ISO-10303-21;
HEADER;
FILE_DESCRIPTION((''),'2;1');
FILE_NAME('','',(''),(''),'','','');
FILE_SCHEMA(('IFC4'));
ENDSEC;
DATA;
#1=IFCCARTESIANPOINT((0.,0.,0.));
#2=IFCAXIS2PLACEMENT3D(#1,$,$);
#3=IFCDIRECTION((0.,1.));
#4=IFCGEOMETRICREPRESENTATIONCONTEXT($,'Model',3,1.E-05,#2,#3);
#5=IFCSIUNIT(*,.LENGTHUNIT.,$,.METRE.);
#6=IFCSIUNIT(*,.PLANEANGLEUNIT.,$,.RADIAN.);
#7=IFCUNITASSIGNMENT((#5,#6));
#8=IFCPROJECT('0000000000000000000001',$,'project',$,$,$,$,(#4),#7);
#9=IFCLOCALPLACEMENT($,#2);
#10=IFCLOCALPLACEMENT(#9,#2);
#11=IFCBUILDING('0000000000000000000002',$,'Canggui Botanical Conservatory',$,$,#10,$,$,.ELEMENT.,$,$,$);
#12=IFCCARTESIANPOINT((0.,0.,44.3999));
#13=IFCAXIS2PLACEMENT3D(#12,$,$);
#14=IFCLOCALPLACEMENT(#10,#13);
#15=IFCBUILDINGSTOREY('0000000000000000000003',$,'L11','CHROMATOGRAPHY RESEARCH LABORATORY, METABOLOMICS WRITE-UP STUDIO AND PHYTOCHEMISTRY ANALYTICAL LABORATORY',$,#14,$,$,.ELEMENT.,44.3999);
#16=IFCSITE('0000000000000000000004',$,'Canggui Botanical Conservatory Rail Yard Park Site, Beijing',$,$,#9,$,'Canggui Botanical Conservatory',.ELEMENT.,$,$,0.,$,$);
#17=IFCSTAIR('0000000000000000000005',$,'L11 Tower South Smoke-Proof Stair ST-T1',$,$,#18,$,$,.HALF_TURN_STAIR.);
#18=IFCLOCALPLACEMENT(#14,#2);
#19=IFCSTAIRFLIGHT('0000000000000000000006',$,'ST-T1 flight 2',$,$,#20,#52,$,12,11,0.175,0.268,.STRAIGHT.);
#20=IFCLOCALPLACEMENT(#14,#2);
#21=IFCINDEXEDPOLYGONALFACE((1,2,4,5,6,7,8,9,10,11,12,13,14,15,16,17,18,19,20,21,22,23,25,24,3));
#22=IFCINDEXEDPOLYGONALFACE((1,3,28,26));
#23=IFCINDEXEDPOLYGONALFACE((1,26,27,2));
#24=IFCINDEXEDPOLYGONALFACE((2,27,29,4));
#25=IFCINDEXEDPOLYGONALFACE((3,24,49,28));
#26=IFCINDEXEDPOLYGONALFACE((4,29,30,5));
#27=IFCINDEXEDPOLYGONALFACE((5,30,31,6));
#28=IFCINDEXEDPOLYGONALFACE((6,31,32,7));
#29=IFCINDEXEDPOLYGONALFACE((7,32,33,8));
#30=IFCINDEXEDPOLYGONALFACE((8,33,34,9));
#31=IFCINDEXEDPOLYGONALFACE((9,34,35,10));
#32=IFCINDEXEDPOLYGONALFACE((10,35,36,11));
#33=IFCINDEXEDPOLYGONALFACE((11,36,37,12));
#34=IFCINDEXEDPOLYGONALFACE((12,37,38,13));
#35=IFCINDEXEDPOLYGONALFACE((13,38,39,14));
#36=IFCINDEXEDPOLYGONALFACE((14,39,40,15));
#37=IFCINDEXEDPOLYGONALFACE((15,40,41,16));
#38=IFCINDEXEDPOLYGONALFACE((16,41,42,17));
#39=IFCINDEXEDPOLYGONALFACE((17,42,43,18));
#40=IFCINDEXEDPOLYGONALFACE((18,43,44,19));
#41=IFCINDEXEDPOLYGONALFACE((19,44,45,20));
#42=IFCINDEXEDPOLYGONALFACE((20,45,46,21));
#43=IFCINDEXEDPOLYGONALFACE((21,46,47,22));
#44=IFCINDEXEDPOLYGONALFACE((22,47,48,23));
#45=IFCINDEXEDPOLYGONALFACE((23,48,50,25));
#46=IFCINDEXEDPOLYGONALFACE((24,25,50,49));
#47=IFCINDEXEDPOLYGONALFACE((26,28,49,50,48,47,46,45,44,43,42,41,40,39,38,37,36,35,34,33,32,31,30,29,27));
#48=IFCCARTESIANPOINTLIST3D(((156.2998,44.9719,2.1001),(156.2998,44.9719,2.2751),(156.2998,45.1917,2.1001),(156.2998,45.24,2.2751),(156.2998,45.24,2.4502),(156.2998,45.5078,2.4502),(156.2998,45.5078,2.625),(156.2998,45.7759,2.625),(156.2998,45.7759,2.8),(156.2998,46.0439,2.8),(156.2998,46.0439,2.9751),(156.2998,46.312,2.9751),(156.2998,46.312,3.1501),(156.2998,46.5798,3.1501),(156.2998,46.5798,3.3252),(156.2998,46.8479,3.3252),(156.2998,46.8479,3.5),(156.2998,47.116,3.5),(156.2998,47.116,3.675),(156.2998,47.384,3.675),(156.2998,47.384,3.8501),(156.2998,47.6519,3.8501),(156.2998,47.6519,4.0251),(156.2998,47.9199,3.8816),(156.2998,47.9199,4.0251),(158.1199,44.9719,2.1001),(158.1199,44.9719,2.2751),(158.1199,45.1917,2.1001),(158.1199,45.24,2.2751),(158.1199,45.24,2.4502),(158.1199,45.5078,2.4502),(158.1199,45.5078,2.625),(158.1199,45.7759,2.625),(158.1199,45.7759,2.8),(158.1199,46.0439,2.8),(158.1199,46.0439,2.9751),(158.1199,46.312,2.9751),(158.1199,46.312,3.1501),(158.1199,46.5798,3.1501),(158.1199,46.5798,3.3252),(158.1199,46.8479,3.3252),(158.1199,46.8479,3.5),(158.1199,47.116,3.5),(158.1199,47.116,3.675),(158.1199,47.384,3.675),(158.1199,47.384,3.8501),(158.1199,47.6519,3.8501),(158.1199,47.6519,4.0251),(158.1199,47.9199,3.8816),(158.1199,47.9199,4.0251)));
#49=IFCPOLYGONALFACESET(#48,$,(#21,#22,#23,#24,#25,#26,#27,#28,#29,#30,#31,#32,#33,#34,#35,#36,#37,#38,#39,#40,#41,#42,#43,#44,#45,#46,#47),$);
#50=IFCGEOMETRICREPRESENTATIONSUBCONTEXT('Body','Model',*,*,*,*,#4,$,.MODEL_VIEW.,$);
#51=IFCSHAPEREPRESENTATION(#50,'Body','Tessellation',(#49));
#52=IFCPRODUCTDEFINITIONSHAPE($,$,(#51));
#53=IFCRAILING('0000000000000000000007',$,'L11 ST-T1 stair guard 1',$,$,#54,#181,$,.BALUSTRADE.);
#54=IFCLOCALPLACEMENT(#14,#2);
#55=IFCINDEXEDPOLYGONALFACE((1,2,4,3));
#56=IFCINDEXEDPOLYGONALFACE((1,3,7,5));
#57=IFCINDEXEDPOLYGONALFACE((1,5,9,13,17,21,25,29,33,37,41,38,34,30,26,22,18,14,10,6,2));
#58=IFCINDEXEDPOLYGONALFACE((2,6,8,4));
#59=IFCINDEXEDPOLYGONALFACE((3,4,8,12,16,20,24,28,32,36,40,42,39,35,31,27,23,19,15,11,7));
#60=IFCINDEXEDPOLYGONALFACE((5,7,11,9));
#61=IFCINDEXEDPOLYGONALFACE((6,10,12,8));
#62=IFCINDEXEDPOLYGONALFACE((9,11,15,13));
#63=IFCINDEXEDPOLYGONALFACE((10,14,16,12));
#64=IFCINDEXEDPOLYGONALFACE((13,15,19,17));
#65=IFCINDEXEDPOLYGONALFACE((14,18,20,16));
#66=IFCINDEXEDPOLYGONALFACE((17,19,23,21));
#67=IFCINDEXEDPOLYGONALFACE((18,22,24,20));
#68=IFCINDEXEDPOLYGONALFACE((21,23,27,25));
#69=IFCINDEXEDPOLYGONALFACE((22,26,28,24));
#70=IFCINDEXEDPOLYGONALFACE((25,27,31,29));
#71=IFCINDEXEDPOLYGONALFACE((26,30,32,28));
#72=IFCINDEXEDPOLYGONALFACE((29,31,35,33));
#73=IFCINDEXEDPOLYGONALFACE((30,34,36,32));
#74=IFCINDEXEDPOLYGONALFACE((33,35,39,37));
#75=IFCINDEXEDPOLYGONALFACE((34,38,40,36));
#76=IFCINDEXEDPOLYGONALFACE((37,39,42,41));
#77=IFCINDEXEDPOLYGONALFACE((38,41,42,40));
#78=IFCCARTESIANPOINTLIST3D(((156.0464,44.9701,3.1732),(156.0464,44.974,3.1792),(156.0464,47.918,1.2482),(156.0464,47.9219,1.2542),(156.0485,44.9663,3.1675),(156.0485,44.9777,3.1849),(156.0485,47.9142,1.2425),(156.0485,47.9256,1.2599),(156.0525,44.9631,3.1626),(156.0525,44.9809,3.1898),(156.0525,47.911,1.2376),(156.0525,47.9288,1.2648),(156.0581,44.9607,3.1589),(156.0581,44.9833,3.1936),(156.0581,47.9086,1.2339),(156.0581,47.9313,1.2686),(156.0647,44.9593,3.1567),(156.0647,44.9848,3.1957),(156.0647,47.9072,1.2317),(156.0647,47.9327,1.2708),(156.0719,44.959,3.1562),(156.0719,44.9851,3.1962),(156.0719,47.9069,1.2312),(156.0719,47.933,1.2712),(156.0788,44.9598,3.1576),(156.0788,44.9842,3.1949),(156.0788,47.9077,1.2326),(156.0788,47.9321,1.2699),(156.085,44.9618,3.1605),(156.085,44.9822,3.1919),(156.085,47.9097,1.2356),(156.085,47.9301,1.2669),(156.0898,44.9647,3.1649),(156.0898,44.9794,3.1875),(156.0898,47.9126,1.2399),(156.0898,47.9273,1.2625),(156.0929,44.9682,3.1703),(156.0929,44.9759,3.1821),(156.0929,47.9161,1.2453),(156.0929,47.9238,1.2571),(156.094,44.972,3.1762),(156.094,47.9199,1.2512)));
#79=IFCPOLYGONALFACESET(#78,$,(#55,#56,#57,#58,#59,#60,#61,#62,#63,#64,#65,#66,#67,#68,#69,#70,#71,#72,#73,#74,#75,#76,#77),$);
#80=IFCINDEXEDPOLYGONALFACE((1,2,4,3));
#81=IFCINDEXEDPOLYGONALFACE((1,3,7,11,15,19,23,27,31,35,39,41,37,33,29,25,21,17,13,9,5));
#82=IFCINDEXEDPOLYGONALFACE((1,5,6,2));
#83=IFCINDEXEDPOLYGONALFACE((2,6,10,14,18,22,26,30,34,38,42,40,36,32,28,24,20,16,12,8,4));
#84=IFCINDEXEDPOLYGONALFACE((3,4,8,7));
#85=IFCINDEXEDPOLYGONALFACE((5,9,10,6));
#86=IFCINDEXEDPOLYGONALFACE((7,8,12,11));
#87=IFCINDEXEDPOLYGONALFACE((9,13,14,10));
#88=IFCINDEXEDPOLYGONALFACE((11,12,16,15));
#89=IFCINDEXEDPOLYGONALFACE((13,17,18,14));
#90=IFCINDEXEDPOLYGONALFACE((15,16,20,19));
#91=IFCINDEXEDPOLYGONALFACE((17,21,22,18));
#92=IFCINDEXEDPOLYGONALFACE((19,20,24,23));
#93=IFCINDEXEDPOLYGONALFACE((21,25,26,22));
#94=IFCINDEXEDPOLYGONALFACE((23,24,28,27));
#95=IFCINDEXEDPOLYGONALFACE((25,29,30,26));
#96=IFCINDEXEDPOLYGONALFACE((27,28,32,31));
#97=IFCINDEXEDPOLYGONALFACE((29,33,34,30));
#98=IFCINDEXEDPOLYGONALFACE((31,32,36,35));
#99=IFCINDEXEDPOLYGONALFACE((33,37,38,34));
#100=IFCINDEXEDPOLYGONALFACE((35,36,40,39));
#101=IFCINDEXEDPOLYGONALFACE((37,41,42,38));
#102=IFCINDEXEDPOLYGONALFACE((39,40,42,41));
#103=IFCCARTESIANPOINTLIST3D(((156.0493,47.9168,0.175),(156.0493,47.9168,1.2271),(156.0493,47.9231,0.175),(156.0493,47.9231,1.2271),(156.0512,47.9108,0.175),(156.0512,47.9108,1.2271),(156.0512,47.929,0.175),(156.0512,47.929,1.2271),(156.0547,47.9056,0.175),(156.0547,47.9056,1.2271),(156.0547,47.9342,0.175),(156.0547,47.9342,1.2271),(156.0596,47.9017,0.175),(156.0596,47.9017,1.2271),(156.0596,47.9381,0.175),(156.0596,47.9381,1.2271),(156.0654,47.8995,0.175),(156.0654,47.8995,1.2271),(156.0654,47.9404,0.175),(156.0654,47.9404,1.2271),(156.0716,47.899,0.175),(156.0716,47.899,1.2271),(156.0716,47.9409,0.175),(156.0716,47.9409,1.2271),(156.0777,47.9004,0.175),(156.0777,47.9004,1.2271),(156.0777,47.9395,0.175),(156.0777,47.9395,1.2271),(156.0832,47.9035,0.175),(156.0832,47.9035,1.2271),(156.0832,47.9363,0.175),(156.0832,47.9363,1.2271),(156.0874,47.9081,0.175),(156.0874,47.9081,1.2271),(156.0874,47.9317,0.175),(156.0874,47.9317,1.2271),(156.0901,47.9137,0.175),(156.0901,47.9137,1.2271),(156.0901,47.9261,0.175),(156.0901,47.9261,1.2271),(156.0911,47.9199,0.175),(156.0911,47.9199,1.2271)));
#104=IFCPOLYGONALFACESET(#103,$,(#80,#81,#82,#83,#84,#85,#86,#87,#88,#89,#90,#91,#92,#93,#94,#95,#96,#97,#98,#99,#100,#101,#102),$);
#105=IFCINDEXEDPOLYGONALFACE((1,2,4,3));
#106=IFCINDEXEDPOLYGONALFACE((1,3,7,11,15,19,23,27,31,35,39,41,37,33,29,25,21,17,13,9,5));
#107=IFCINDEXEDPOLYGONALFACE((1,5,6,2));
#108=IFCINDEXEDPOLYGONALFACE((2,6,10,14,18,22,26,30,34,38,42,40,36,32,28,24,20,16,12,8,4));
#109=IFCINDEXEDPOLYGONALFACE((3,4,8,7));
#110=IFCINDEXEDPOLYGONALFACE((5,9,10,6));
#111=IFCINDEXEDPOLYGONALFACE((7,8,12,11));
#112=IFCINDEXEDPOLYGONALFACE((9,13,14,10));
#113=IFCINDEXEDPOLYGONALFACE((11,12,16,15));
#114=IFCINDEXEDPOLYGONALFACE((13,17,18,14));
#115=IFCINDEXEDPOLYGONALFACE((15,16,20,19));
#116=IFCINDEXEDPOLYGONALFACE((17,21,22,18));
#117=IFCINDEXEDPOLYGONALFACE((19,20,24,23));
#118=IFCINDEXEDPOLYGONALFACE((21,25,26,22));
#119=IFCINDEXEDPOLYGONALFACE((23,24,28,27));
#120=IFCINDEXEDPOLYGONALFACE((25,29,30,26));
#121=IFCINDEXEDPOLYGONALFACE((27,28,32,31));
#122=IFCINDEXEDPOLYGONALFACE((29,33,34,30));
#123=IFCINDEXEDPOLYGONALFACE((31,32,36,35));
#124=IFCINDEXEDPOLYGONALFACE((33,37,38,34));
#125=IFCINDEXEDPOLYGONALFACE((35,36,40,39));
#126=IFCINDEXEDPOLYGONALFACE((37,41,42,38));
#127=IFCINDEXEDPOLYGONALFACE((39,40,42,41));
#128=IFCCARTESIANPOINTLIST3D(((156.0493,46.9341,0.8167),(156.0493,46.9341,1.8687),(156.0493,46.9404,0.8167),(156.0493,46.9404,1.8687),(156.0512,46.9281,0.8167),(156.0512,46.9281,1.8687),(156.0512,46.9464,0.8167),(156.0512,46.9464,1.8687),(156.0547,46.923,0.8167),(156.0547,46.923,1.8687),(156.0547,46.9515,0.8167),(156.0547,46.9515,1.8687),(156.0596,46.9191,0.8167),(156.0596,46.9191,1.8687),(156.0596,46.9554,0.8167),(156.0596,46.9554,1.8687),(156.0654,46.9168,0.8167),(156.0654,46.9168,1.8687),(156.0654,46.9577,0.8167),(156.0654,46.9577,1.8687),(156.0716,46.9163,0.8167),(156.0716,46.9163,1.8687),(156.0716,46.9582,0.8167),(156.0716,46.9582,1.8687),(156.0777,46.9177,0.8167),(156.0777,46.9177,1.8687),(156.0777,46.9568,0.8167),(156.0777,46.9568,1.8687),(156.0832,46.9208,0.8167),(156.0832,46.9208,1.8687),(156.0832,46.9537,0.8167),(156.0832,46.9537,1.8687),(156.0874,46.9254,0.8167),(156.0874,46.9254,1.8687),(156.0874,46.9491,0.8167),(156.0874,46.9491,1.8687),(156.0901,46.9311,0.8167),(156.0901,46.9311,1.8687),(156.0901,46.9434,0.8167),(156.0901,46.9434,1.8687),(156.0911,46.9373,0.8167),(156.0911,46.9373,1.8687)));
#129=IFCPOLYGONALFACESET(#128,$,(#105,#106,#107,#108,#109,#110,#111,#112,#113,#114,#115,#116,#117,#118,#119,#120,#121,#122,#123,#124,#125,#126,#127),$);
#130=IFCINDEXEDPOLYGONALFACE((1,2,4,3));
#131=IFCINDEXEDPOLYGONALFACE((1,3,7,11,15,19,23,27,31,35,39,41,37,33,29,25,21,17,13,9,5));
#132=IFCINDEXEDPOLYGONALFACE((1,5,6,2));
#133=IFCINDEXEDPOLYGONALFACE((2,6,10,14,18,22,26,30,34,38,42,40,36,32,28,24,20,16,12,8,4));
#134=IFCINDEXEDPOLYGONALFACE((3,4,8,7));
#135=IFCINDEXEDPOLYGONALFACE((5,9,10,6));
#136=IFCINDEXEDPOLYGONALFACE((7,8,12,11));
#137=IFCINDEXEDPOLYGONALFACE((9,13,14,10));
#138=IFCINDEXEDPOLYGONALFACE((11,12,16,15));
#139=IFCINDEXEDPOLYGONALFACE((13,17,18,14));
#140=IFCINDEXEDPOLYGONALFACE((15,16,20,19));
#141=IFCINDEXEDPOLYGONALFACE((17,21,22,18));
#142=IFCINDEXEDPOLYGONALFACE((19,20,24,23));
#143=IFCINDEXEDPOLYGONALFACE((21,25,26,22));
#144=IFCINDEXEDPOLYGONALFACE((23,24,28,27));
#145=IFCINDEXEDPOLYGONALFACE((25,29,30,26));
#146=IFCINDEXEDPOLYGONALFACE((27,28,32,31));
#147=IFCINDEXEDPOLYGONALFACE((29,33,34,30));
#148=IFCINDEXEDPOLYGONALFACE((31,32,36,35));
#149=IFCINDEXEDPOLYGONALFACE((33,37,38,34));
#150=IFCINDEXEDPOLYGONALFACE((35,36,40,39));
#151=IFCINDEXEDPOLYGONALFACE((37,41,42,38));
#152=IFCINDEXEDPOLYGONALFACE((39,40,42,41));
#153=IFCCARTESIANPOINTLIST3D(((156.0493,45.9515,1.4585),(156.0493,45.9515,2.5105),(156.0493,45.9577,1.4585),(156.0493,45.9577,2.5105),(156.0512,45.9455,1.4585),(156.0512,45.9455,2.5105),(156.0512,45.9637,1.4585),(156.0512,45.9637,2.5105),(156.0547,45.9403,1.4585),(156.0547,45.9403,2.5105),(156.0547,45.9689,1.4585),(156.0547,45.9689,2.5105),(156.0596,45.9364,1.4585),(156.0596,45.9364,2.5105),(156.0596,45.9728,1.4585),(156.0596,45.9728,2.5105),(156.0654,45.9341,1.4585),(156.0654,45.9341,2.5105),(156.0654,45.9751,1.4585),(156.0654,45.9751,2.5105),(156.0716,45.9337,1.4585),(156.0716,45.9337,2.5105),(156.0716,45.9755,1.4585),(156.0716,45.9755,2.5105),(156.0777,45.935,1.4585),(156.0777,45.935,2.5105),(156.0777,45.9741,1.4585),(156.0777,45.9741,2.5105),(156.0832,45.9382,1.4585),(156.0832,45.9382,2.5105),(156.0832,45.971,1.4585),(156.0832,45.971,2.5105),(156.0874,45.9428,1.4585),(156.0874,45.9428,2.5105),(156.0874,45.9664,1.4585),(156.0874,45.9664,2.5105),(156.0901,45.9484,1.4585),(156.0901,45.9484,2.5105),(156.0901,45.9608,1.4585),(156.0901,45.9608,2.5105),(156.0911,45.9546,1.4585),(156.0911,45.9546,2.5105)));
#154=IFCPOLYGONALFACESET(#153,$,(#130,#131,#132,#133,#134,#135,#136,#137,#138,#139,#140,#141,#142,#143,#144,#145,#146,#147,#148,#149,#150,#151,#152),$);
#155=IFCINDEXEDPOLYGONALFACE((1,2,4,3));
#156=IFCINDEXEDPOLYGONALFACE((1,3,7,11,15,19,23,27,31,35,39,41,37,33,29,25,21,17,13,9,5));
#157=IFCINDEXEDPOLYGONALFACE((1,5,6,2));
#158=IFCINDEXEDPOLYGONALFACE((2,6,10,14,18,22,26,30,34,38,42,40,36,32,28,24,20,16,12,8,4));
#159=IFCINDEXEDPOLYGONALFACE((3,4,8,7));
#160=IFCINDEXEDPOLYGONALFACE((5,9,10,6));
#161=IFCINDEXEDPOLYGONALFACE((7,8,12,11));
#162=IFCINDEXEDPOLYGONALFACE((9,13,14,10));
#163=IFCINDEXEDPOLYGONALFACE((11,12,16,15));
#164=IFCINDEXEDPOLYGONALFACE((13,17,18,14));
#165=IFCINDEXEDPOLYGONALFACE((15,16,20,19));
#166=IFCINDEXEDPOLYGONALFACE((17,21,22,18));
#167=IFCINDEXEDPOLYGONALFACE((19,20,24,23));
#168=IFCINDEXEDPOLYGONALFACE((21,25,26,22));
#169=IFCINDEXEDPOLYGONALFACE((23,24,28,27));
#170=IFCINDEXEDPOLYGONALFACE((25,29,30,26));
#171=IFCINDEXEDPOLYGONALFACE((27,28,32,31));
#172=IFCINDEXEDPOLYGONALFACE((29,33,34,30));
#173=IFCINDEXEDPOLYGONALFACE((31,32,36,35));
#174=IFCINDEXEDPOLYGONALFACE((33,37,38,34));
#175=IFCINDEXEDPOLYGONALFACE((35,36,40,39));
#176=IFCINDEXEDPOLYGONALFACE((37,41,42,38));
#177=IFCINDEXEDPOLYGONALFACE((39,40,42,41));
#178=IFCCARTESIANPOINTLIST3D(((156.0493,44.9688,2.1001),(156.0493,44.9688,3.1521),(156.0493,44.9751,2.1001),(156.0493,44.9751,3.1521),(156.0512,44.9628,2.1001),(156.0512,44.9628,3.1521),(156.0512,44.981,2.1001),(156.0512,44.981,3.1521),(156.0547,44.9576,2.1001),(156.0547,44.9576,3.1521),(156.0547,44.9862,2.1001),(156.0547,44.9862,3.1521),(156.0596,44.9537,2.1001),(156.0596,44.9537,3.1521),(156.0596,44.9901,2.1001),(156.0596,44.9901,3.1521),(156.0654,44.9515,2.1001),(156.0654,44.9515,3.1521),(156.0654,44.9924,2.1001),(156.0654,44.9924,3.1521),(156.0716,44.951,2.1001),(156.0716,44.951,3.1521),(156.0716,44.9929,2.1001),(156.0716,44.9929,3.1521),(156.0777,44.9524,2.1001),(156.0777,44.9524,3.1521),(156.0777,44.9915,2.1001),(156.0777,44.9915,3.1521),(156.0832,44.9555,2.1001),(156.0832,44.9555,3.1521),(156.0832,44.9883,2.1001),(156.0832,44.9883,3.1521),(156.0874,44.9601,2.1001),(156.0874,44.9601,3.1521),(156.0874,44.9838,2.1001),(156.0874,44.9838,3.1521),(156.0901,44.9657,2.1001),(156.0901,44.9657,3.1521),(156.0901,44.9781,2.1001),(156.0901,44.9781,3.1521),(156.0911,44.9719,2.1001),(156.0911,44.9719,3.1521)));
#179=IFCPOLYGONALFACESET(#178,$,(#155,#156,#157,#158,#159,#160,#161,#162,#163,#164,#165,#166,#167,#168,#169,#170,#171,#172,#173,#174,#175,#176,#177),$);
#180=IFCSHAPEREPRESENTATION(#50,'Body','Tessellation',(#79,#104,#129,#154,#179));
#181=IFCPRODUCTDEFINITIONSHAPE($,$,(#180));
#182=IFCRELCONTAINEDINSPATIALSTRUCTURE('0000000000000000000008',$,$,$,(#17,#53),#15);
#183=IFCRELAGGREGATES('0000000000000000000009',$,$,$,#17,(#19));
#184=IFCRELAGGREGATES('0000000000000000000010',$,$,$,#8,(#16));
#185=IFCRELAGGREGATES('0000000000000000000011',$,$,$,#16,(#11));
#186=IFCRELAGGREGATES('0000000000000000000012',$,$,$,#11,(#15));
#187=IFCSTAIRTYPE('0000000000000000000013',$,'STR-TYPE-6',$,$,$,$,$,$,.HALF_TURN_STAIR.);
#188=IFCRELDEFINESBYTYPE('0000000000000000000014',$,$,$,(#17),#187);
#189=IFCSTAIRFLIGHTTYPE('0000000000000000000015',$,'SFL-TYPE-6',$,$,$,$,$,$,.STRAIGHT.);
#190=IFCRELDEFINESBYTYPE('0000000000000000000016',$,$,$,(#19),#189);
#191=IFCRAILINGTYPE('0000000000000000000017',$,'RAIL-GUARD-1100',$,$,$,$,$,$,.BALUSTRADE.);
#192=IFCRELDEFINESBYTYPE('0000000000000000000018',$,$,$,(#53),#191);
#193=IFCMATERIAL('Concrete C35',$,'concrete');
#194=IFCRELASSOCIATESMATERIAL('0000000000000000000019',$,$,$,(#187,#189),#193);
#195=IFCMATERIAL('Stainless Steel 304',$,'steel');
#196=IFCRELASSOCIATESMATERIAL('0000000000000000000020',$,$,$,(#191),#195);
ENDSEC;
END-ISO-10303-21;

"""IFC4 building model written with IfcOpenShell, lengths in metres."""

from ifc_helpers import new_model, si_unit, direction, frame, origin, origin_2d, place, context, subcontext, project, spatial, polyline, circle, outline, extrude, material, type_object, element, aggregate, save


model = new_model("IFC4")

# Units and contexts
model_context = context("Model", 3, precision=1e-05, world=origin(), true_north=direction((0.0, 1.0)))
body_context = subcontext(model_context, "Body", "Model", "MODEL_VIEW")
ifc_project = project(units=[si_unit("LENGTHUNIT", "METRE"), si_unit("PLANEANGLEUNIT", "RADIAN")], contexts=[model_context])

# Site, building, storey
site_placement = place(None, origin())
site = spatial("IfcSite", under=ifc_project, at=site_placement, Name="Canggui Botanical Conservatory Rail Yard Park Site, Beijing", LongName="Canggui Botanical Conservatory", CompositionType="ELEMENT", RefElevation=0.0)
building_placement = place(site_placement, origin())
building = spatial("IfcBuilding", under=site, at=building_placement, Name="Canggui Botanical Conservatory", CompositionType="ELEMENT")
storey_placement = place(building_placement, frame((0.0, 0.0, 44.3999)))
storey = spatial("IfcBuildingStorey", under=building, at=storey_placement, Name="L11", Description="CHROMATOGRAPHY RESEARCH LABORATORY, METABOLOMICS WRITE-UP STUDIO AND PHYTOCHEMISTRY ANALYTICAL LABORATORY", CompositionType="ELEMENT", Elevation=44.3999)

# Shared definitions
ifc_material_1 = material(Name="Concrete C35", Category="concrete")

# Stair, stair flight
stair_type = type_object("IfcStairType", Name="STR-TYPE-6", PredefinedType="HALF_TURN_STAIR", material=ifc_material_1)
stair_placement = place(storey_placement, origin())
stair = element("IfcStair", 1, at=stair_placement, inside=storey, type_object=stair_type, Name="L11 Tower South Smoke-Proof Stair ST-T1", PredefinedType="HALF_TURN_STAIR")
stair_flight_type = type_object("IfcStairFlightType", Name="SFL-TYPE-6", PredefinedType="STRAIGHT", material=ifc_material_1)
stair_flight_1_placement = place(storey_placement, frame((157.21, 44.9719, 2.1001), z_axis=(0.0, 0.0, 1.0), x_axis=(0.0, 1.0, 0.0)))
stair_flight_1 = element("IfcStairFlight", 2, at=stair_flight_1_placement, type_object=stair_flight_type, Name="ST-T1 flight 2", NumberOfRisers=12, NumberOfTreads=11, PredefinedType="STRAIGHT", RiserHeight=0.175, TreadLength=0.268, context=body_context, shape_type="SweptSolid", body=[
    extrude(outline(polyline([(0.0, 0.0), (0.0, 0.175), (0.2681, 0.175), (0.2681, 0.3501), (0.5359, 0.3501), (0.5359, 0.5249), (0.804, 0.5249), (0.804, 0.7), (1.072, 0.7), (1.072, 0.875), (1.3401, 0.875), (1.3401, 1.05), (1.6079, 1.05), (1.6079, 1.2251), (1.876, 1.2251), (1.876, 1.3999), (2.144, 1.3999), (2.144, 1.575), (2.4121, 1.575), (2.4121, 1.75), (2.6799, 1.75), (2.6799, 1.925), (2.948, 1.925), (2.948, 2.1001), (2.948, 1.7815), (0.2197, 0.0), (0.0, 0.0)])), frame((0.0, 0.9102, 0.0), z_axis=(0.0, -1.0, 0.0), x_axis=(1.0, 0.0, 0.0)), (0.0, 0.0, 1.0), 1.8201),
])
aggregate(stair, [stair_flight_1])

# Railing
ifc_material_2 = material(Name="Stainless Steel 304", Category="steel")
railing_type_1 = type_object("IfcRailingType", Name="RAIL-GUARD-1100", PredefinedType="BALUSTRADE", material=ifc_material_2)
railing_1_placement = place(storey_placement, frame((156.0701, 47.9199, 0.175)))
element("IfcRailing", 3, at=railing_1_placement, inside=storey, type_object=railing_type_1, Name="L11 ST-T1 stair guard 1", PredefinedType="BALUSTRADE", context=body_context, shape_type="SweptSolid", body=[
    extrude(circle(Radius=0.0239, at=origin_2d()), frame((0.0, 0.0, 1.0762), z_axis=(0.0, -0.837293, 0.546754), x_axis=(1.0, 0.0, 0.0)), (0.0, 0.0, 1.0), 3.5208),
    extrude(circle(Radius=0.021, at=origin_2d()), origin(), (0.0, 0.0, 1.0), 1.052),
    extrude(circle(Radius=0.021, at=origin_2d()), frame((0.0, -0.9827, 0.6416)), (0.0, 0.0, 1.0), 1.052),
    extrude(circle(Radius=0.021, at=origin_2d()), frame((0.0, -1.9653, 1.2834)), (0.0, 0.0, 1.0), 1.052),
    extrude(circle(Radius=0.021, at=origin_2d()), frame((0.0, -2.948, 1.925)), (0.0, 0.0, 1.0), 1.052),
])

save(model, "model.ifc")
